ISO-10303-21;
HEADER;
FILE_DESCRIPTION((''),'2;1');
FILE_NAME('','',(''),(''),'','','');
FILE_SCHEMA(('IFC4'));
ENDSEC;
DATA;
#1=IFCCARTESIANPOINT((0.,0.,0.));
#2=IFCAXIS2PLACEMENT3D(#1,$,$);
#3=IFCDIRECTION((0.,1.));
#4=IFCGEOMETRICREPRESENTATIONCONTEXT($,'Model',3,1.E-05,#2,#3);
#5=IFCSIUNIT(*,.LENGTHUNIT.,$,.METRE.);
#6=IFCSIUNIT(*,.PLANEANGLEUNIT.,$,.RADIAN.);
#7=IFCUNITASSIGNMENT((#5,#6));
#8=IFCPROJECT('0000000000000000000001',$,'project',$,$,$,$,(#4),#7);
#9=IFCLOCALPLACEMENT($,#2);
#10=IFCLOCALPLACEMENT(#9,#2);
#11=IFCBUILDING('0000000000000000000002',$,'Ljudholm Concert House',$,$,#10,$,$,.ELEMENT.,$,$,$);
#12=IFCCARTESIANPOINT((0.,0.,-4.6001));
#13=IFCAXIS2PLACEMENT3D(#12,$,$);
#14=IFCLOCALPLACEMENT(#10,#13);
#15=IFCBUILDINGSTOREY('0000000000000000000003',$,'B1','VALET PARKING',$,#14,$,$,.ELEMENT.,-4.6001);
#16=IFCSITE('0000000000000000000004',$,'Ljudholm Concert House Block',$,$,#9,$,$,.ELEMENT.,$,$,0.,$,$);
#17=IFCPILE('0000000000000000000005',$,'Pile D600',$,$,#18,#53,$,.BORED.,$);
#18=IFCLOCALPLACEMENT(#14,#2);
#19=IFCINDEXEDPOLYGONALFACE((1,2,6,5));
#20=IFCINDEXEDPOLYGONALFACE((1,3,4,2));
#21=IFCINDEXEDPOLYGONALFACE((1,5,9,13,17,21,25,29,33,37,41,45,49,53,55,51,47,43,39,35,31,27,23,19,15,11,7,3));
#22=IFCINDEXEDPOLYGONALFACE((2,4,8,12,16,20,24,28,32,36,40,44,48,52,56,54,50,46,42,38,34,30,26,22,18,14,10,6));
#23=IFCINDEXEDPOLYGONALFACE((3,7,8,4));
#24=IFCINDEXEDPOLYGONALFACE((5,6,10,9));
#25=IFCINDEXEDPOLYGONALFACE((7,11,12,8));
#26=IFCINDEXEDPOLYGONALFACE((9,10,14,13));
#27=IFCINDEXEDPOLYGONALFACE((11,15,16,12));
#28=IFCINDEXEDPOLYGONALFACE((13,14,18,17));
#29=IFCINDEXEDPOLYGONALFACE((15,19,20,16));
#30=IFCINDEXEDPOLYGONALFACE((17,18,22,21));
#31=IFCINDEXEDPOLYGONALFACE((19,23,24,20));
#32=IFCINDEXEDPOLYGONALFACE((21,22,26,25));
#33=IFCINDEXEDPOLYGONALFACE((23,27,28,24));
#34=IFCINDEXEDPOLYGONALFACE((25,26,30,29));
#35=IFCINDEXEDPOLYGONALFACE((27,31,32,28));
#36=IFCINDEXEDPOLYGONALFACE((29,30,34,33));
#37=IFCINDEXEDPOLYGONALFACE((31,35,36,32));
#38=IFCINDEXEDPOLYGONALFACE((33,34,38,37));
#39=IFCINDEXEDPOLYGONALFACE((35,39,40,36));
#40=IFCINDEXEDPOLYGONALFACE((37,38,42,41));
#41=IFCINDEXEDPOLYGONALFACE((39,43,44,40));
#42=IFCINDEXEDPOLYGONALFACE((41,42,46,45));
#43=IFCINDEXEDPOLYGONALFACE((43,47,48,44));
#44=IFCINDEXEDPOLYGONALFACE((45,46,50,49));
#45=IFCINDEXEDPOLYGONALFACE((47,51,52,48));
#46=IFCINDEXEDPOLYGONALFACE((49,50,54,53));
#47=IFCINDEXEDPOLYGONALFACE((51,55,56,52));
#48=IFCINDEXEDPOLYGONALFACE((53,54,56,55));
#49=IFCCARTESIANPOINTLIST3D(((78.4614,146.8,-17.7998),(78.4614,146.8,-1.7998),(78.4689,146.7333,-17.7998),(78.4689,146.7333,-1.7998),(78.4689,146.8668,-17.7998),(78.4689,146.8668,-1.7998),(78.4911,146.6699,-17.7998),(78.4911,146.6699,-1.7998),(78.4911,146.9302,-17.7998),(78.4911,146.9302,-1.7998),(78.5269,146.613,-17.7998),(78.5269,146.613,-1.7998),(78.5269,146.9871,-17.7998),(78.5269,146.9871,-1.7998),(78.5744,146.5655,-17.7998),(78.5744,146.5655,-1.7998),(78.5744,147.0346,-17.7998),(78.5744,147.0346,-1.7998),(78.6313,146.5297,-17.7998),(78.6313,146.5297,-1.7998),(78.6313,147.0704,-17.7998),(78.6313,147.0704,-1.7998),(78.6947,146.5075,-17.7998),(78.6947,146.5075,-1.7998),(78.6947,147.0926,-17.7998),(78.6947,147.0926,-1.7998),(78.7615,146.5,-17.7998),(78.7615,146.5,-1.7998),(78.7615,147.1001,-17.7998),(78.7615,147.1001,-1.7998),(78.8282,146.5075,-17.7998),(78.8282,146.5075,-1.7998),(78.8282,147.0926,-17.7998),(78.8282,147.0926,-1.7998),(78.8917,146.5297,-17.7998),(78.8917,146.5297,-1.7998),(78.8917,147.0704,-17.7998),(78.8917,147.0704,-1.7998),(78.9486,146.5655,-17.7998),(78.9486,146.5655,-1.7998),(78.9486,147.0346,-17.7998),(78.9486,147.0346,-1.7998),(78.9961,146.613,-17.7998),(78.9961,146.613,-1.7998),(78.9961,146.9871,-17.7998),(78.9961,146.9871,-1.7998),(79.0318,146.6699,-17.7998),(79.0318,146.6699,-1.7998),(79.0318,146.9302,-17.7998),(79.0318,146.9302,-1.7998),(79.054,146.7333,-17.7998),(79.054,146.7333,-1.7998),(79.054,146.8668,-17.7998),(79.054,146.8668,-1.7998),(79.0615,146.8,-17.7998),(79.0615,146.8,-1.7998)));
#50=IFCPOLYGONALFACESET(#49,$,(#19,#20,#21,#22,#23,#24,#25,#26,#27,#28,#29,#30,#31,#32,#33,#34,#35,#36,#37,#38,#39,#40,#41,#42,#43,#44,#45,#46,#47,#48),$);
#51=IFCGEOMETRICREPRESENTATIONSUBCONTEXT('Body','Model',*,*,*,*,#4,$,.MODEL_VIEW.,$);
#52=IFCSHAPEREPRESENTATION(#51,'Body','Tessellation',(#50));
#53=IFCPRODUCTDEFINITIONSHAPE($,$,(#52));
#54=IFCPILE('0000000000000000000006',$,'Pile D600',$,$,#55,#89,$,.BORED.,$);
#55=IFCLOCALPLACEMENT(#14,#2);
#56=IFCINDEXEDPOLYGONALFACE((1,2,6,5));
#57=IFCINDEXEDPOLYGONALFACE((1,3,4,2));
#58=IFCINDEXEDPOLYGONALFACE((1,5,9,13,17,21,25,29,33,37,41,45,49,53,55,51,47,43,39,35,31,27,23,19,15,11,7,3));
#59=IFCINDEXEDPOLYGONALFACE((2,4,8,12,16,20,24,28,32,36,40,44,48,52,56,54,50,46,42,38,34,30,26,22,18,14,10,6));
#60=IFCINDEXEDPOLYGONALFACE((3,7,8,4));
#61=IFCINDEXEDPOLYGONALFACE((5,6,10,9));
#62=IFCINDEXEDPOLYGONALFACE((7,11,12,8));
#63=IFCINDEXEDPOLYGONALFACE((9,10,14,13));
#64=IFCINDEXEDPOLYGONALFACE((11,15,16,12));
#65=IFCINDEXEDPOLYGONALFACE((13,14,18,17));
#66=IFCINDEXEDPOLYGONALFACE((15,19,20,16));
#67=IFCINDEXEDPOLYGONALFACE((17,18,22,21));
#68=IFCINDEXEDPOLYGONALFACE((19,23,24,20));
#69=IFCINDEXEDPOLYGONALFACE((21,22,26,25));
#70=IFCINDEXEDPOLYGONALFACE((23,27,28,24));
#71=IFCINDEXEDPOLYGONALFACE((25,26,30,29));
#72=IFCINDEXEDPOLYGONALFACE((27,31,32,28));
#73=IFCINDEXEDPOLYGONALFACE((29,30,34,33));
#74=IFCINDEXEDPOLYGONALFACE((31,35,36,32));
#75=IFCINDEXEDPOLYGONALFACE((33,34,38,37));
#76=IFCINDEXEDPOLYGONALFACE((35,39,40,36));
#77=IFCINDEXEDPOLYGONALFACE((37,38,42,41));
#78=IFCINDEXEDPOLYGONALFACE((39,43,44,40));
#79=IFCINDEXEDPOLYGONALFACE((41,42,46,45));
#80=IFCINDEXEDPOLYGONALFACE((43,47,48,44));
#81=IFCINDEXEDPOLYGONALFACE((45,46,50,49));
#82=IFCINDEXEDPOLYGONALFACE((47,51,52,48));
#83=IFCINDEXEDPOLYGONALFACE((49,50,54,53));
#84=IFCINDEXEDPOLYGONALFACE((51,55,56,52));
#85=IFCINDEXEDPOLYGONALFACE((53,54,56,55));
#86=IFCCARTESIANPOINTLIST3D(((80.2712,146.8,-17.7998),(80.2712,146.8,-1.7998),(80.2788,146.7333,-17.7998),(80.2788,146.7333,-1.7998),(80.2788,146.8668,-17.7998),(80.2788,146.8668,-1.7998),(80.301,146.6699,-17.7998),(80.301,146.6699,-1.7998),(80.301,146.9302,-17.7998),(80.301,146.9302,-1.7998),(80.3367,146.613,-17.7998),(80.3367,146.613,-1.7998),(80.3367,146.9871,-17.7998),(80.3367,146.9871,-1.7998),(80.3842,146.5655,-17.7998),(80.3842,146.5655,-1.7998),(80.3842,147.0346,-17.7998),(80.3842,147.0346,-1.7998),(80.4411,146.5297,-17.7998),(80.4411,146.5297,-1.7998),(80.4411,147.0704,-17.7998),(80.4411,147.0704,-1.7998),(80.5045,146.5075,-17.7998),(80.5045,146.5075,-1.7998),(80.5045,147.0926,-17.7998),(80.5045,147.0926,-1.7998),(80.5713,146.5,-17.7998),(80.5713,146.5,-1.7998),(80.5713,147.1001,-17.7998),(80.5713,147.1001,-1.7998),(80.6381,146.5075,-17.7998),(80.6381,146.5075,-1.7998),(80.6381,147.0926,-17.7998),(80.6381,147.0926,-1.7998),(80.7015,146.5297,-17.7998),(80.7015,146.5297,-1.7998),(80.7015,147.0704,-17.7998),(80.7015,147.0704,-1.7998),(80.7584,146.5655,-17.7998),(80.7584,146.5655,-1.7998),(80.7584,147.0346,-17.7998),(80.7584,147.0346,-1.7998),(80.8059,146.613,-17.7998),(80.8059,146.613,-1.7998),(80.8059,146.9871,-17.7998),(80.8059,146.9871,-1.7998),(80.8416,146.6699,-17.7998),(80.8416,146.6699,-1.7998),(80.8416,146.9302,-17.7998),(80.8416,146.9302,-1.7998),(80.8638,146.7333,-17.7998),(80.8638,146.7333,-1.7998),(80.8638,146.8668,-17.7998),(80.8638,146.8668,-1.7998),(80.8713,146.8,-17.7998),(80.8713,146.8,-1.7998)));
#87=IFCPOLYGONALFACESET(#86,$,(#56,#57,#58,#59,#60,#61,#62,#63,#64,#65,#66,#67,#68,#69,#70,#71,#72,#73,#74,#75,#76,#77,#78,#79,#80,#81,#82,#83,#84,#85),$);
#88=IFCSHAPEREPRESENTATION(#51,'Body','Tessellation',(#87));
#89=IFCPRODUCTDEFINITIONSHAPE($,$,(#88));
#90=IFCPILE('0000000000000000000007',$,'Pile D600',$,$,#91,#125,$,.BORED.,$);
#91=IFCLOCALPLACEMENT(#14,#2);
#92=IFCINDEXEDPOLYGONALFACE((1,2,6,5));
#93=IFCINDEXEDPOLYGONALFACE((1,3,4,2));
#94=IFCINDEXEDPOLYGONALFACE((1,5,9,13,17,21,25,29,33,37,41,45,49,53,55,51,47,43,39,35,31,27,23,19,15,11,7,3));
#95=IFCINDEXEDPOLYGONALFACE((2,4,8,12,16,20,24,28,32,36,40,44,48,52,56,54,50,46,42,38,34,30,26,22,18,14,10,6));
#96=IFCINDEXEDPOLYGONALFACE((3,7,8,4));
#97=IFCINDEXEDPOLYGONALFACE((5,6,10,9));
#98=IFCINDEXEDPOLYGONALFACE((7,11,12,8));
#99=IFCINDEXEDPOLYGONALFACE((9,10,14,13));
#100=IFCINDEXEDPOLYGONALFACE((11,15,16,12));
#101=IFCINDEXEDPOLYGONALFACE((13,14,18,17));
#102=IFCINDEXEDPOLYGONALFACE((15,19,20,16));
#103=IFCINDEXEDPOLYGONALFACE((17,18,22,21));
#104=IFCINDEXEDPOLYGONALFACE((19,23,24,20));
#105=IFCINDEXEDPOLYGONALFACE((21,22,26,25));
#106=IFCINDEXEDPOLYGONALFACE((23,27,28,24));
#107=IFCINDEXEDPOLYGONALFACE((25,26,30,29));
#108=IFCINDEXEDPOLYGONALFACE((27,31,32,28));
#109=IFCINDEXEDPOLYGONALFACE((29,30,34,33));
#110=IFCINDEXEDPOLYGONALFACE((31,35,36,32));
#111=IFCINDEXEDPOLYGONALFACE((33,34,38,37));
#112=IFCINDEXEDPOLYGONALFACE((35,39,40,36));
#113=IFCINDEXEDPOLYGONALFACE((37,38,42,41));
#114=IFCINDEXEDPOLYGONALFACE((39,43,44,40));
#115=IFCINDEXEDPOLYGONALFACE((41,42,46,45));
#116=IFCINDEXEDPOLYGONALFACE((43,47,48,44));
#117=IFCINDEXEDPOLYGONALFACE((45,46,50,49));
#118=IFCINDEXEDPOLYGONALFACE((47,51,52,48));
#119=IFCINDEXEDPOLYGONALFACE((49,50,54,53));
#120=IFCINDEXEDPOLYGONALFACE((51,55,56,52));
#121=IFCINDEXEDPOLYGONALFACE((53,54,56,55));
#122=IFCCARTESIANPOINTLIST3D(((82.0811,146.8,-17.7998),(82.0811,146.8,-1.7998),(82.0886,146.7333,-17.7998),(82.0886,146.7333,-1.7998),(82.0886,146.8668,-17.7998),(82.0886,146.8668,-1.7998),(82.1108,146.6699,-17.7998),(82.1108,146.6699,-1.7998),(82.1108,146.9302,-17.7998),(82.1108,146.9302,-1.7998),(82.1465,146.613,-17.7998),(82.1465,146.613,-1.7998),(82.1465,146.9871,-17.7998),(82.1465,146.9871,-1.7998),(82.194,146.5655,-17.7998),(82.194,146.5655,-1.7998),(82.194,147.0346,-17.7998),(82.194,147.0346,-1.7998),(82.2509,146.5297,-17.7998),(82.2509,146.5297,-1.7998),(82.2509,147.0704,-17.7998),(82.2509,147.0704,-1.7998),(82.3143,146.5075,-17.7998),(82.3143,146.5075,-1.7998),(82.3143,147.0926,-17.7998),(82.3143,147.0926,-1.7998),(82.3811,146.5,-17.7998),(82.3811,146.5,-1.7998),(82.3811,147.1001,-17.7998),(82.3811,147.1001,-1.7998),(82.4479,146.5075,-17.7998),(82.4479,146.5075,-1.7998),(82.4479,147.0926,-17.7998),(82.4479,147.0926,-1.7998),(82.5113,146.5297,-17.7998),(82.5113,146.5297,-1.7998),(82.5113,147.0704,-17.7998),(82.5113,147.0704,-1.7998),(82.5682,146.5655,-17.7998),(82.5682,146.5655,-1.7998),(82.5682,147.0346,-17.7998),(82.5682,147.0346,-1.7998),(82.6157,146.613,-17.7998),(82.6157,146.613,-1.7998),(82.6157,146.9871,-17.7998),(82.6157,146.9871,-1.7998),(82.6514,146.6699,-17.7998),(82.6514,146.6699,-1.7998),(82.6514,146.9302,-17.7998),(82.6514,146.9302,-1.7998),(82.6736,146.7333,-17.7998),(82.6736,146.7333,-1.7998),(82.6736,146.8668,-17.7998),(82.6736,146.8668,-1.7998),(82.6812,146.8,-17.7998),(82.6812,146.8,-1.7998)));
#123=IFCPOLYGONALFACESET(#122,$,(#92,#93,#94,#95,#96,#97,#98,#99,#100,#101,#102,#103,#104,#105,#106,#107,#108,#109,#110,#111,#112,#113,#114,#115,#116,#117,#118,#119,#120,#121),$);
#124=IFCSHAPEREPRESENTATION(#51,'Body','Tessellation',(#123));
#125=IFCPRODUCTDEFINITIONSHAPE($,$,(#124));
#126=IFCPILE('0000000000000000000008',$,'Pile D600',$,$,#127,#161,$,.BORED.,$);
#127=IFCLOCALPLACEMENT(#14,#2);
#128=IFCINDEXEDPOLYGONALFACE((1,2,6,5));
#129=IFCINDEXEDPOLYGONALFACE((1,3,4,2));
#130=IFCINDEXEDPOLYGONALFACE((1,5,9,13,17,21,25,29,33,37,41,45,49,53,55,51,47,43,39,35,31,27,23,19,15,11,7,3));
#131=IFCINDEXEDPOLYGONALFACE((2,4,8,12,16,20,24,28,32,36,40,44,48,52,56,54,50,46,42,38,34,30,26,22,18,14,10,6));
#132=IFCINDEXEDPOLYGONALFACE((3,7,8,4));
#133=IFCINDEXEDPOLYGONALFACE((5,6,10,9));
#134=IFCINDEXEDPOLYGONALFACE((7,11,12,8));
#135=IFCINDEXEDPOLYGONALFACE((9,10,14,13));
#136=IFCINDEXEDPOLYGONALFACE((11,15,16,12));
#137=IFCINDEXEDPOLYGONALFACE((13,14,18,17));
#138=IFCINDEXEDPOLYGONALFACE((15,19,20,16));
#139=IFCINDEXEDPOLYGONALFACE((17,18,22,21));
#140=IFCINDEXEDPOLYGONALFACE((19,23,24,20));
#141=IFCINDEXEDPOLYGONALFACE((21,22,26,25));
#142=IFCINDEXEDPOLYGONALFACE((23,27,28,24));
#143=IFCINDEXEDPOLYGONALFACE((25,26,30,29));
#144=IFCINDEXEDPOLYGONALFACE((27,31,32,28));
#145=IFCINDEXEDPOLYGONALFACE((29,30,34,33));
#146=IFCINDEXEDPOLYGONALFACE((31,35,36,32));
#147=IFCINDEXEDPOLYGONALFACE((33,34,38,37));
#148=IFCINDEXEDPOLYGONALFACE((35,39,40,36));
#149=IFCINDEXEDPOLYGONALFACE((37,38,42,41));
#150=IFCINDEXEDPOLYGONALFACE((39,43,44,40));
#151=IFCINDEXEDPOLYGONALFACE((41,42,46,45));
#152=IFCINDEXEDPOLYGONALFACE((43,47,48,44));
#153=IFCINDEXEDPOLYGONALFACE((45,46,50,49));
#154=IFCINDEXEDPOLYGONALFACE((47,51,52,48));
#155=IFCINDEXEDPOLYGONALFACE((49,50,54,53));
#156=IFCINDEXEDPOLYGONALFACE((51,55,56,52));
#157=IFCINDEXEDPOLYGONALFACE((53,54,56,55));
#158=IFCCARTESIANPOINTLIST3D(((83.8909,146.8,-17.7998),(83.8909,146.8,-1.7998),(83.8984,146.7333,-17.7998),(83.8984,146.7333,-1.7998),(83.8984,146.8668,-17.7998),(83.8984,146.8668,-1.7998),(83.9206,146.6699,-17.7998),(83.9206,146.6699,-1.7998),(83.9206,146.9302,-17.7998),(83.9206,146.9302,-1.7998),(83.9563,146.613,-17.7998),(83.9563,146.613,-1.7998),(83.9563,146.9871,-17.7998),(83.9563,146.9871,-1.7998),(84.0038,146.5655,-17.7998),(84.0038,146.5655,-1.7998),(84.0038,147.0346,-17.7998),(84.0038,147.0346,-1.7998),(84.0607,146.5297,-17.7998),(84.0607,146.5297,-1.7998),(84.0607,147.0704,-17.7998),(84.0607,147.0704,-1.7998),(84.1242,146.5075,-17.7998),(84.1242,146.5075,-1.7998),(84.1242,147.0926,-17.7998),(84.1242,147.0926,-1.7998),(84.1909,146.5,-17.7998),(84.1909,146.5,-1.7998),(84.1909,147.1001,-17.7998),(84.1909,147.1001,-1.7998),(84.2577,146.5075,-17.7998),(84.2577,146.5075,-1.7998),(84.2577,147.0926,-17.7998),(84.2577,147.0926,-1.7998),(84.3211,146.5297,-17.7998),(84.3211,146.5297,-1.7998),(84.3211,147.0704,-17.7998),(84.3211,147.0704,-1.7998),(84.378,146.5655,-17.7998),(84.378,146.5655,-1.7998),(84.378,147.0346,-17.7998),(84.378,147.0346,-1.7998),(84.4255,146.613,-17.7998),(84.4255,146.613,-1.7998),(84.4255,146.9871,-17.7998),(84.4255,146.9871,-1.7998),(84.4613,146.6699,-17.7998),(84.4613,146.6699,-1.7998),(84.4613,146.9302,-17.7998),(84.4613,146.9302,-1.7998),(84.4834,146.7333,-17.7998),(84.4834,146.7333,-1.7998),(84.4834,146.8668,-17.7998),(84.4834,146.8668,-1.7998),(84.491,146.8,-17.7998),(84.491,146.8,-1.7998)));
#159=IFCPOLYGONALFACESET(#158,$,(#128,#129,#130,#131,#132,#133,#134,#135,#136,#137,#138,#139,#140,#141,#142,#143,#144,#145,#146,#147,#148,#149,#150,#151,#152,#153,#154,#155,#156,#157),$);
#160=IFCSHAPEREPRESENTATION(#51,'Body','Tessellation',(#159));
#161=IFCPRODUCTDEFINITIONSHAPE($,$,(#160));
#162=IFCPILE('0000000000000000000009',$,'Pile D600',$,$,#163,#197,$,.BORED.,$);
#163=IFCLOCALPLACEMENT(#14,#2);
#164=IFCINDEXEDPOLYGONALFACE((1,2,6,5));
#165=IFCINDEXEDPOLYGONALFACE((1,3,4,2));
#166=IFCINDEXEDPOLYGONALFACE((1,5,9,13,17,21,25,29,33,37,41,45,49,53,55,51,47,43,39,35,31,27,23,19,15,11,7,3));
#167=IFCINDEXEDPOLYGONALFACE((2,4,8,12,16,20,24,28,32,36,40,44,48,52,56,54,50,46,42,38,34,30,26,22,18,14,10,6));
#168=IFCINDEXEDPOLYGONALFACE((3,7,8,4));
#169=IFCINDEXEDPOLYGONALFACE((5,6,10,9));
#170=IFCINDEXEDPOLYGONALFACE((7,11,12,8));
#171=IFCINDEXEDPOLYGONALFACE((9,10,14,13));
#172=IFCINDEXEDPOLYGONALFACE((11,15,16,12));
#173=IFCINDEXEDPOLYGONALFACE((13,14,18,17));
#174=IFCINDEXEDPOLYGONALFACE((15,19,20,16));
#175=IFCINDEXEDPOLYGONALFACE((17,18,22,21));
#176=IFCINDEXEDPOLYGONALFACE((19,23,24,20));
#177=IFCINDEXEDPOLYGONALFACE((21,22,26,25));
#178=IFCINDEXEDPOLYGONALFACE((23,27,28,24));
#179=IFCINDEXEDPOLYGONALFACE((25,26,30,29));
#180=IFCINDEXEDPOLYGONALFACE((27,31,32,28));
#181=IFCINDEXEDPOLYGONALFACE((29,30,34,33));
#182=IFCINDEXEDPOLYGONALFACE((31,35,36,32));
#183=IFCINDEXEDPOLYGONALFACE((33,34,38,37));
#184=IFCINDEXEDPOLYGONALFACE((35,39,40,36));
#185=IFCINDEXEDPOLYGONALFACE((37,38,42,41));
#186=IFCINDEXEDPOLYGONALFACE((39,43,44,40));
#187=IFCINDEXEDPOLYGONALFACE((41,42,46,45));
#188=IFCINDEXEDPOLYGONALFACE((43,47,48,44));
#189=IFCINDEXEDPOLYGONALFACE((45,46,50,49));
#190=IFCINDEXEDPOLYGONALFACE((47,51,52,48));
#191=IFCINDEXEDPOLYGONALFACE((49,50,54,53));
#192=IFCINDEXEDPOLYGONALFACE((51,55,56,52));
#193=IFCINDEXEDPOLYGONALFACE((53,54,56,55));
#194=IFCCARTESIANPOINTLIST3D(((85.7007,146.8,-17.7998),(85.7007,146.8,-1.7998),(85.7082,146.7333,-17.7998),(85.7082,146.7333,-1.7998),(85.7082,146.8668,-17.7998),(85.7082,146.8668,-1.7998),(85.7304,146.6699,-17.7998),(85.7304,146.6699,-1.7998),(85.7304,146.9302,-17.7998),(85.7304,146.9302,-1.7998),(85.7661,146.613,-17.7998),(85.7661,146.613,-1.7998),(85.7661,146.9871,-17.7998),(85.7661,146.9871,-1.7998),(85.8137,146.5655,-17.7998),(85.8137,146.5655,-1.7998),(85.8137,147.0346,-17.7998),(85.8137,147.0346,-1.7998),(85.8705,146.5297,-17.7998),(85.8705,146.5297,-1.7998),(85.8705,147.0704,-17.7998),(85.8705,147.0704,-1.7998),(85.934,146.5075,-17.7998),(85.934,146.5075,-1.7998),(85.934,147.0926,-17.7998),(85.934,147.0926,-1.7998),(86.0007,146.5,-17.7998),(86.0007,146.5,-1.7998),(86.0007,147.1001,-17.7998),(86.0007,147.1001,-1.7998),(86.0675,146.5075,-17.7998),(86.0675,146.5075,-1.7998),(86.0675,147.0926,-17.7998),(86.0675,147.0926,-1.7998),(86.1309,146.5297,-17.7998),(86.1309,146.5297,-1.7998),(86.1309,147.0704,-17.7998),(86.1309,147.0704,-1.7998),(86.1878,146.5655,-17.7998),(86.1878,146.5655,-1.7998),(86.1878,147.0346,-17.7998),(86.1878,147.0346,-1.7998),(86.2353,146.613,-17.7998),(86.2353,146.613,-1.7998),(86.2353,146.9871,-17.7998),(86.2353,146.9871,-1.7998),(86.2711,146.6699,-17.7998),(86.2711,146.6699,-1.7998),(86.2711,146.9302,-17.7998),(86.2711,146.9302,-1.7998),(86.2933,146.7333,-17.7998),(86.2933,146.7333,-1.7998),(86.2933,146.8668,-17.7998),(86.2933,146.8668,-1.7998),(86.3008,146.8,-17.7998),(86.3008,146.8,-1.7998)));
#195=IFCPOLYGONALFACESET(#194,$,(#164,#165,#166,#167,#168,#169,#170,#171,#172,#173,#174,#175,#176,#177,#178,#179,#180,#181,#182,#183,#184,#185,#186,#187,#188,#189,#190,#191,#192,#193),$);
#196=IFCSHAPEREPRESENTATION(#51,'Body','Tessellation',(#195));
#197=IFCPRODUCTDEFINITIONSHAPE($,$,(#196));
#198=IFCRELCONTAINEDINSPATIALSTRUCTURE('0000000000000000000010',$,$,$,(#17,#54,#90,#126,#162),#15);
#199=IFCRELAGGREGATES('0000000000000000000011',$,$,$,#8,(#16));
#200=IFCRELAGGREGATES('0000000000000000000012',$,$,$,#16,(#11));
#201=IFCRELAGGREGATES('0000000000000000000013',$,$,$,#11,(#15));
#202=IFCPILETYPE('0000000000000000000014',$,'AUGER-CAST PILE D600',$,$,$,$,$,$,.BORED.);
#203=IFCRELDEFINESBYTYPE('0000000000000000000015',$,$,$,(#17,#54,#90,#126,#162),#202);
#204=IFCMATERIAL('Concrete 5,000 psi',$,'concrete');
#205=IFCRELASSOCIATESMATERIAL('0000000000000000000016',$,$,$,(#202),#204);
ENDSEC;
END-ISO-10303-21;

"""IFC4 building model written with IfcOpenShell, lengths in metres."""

from ifc_helpers import new_model, si_unit, direction, frame, origin, origin_2d, place, context, subcontext, project, spatial, circle, extrude, material, material_profile, profile_set, type_object, element, save


model = new_model("IFC4")

# Units and contexts
model_context = context("Model", 3, precision=1e-05, world=origin(), true_north=direction((0.0, 1.0)))
body_context = subcontext(model_context, "Body", "Model", "MODEL_VIEW")
ifc_project = project(units=[si_unit("LENGTHUNIT", "METRE"), si_unit("PLANEANGLEUNIT", "RADIAN")], contexts=[model_context])

# Site, building, storey
site_placement = place(None, origin())
site = spatial("IfcSite", under=ifc_project, at=site_placement, Name="Ljudholm Concert House Block", CompositionType="ELEMENT", RefElevation=0.0)
building_placement = place(site_placement, origin())
building = spatial("IfcBuilding", under=site, at=building_placement, Name="Ljudholm Concert House", CompositionType="ELEMENT")
storey_placement = place(building_placement, frame((0.0, 0.0, -4.6001)))
storey = spatial("IfcBuildingStorey", under=building, at=storey_placement, Name="B1", Description="VALET PARKING", CompositionType="ELEMENT", Elevation=-4.6001)

# Piles
ifc_material_1 = material(Name="Concrete 5,000 psi", Category="concrete")
ifc_material_profile_1 = material_profile(ifc_material_1, circle(Radius=0.3, at=origin_2d()), Name="AUGER-CAST PILE D600")
ifc_profile_set_1 = profile_set([ifc_material_profile_1], Name="Concrete 5,000 psi")
pile_type = type_object("IfcPileType", Name="AUGER-CAST PILE D600", PredefinedType="BORED", material=ifc_profile_set_1)
for number, where, z_axis, x_axis, name in (
    (1, (78.7615, 146.8, -1.7998), (0.0, 0.0, -1.0), (1.0, 0.0, 0.0), "Pile D600"),
    (2, (80.5713, 146.8, -1.7998), (0.0, 0.0, -1.0), (1.0, 0.0, 0.0), "Pile D600"),
    (3, (82.3811, 146.8, -1.7998), (0.0, 0.0, -1.0), (1.0, 0.0, 0.0), "Pile D600"),
    (4, (84.1909, 146.8, -1.7998), (0.0, 0.0, -1.0), (1.0, 0.0, 0.0), "Pile D600"),
    (5, (86.0007, 146.8, -1.7998), (0.0, 0.0, -1.0), (1.0, 0.0, 0.0), "Pile D600"),
):
    element("IfcPile", number, at=place(storey_placement, frame(where, z_axis=z_axis, x_axis=x_axis)), inside=storey, type_object=pile_type, Name=name, PredefinedType="BORED", context=body_context, shape_type="SweptSolid", body=[
        extrude(circle(Radius=0.3, at=origin_2d()), origin(), (0.0, 0.0, 1.0), 16.0),
    ])

save(model, "model.ifc")
